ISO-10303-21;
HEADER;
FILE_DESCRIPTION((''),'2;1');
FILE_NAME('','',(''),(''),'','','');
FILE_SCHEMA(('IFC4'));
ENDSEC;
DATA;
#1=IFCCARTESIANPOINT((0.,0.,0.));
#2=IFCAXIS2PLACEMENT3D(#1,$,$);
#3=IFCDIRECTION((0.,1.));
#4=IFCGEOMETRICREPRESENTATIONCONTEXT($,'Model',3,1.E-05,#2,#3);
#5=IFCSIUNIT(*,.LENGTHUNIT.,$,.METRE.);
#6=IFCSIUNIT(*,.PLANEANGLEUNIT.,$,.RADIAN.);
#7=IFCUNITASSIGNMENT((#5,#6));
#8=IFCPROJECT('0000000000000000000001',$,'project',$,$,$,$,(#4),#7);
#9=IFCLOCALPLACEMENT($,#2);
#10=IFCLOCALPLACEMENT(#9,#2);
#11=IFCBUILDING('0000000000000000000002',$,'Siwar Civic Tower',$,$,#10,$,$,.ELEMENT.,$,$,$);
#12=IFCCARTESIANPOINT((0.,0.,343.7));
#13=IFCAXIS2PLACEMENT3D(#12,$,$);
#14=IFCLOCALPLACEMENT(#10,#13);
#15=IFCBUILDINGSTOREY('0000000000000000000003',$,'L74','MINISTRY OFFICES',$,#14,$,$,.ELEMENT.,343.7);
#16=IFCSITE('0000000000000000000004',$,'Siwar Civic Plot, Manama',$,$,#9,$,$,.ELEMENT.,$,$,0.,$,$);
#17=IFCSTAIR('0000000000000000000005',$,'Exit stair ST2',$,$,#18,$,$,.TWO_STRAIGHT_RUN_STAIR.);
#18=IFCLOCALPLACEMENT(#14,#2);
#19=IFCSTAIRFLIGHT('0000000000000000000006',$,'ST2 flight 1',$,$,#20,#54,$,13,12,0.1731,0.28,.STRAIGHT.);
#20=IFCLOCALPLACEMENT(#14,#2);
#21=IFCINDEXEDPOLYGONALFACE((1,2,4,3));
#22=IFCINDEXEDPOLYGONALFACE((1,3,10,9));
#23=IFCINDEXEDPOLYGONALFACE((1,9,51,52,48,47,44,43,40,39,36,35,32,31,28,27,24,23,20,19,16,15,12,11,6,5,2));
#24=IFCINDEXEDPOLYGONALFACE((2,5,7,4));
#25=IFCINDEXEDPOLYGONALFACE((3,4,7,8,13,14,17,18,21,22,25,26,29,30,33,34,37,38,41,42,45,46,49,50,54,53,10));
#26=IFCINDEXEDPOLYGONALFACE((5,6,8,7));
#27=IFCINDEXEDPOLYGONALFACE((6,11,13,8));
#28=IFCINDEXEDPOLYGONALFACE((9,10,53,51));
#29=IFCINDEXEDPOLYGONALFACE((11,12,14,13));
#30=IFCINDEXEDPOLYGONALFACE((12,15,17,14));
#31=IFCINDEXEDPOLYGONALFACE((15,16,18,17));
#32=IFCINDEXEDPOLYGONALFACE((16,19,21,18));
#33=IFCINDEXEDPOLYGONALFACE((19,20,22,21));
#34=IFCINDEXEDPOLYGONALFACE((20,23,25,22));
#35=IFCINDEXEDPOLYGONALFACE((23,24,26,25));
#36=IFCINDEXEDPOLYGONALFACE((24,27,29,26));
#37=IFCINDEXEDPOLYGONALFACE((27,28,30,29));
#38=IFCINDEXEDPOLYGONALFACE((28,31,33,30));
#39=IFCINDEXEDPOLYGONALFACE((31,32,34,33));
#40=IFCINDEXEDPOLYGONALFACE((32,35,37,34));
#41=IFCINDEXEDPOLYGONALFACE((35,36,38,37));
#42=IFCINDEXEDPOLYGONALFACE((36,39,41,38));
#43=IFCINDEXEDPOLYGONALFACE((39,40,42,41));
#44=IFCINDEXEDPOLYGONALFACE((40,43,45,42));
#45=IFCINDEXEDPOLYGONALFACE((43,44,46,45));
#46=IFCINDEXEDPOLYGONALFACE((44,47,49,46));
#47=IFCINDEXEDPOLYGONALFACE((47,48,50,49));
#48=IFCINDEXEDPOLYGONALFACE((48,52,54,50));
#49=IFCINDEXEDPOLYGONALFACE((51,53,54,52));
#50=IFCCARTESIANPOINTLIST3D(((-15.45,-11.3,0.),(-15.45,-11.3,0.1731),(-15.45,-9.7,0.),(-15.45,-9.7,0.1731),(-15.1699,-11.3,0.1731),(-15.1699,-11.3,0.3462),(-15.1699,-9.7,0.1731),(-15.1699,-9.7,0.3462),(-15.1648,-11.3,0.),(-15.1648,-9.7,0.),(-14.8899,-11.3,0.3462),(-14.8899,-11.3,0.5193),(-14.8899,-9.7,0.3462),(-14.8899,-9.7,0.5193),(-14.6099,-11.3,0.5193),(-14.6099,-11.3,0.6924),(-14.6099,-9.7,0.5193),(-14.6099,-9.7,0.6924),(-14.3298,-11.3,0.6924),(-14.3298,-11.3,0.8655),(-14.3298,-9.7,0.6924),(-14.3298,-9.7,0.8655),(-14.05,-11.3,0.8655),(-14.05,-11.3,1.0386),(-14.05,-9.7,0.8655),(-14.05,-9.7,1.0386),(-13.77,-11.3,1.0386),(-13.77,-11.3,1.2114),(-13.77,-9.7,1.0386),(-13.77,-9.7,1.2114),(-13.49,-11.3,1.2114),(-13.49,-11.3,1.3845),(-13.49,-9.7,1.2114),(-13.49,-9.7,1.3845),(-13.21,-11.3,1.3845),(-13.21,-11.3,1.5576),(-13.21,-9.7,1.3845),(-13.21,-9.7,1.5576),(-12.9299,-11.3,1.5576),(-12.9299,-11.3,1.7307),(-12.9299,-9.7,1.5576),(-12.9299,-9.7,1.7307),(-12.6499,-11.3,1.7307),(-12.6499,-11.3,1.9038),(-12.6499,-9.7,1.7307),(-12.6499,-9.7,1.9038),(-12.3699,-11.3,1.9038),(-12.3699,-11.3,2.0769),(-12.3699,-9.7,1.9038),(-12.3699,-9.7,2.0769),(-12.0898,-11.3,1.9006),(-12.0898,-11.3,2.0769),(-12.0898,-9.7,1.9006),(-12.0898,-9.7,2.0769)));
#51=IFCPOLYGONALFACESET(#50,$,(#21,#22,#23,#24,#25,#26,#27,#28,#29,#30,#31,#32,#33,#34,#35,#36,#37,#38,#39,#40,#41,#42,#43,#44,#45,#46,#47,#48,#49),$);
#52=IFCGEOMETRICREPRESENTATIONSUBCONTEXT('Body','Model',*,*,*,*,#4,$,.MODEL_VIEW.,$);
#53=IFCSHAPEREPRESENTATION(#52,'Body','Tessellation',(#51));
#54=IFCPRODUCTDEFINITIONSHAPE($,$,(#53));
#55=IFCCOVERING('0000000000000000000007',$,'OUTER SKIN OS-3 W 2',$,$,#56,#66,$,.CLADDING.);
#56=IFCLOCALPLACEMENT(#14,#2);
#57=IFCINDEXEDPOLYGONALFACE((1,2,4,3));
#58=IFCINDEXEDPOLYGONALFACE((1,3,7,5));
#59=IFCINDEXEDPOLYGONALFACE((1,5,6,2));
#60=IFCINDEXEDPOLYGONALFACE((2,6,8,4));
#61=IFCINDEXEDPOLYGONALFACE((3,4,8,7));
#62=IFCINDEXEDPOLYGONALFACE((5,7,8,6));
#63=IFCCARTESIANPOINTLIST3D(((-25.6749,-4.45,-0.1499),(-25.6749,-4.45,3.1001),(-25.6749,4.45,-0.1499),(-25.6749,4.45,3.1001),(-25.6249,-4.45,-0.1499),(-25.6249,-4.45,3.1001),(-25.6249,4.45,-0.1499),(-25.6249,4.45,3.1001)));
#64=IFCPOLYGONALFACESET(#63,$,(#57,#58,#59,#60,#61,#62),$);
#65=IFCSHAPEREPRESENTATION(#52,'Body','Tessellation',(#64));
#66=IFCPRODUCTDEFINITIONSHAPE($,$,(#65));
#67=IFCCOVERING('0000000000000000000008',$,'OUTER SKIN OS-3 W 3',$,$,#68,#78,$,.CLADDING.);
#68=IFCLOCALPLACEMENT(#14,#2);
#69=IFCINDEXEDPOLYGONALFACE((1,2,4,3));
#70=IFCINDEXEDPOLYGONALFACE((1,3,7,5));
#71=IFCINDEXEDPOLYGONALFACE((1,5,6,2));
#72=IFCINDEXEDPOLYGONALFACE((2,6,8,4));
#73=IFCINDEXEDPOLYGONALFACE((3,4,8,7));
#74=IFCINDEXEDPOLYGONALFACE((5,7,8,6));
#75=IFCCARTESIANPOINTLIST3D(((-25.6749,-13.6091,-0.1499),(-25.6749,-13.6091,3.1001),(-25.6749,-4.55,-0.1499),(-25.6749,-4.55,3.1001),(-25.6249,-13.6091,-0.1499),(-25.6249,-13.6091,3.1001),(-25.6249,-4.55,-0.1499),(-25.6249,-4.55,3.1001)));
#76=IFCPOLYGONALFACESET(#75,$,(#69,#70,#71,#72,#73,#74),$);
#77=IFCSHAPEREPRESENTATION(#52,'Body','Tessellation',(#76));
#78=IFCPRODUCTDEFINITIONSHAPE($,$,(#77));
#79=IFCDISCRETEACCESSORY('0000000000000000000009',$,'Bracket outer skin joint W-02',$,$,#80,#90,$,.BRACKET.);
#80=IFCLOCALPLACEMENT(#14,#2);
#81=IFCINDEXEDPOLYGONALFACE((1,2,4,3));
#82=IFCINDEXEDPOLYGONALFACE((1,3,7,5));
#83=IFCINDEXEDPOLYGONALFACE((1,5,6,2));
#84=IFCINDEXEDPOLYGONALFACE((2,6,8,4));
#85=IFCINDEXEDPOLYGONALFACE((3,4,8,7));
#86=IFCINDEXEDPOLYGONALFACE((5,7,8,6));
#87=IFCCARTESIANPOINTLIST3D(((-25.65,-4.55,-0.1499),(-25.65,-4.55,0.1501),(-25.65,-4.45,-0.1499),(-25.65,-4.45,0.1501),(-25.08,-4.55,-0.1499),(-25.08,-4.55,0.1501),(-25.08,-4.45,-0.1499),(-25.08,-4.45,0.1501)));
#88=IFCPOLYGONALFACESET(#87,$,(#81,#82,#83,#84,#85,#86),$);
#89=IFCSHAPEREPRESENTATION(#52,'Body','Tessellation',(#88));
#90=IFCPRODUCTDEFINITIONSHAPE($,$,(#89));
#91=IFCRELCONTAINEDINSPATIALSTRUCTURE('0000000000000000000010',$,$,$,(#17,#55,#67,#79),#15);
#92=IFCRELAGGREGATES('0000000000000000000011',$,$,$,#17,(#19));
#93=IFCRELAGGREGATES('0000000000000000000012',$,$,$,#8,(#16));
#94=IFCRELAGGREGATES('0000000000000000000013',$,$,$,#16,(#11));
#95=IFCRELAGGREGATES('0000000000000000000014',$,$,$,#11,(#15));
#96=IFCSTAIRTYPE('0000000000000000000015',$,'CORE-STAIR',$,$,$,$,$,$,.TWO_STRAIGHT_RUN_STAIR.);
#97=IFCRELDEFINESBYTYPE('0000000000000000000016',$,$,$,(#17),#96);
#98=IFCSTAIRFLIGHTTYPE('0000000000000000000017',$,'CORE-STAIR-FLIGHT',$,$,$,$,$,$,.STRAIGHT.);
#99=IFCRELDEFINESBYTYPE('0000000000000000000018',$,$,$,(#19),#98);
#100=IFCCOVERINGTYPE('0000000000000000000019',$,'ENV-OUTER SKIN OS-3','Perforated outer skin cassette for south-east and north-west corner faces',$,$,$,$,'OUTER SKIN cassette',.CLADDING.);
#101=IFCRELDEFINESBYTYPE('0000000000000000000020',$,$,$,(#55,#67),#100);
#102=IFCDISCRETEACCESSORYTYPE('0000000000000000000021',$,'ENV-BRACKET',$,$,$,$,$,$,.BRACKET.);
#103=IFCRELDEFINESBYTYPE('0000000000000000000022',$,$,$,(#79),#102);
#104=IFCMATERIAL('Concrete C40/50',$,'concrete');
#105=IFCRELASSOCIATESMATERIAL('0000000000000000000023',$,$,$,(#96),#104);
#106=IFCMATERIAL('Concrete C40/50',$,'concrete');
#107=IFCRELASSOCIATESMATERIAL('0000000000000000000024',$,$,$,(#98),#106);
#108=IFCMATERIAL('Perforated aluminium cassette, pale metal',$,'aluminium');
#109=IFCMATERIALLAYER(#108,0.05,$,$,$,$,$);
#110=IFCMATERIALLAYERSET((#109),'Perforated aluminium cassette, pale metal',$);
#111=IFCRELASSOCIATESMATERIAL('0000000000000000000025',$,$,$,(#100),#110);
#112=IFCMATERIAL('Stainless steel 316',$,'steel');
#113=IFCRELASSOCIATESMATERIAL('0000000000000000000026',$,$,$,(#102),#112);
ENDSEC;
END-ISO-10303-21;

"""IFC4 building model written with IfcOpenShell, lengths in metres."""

from ifc_helpers import new_model, si_unit, direction, frame, origin, origin_2d, place, context, subcontext, project, spatial, polyline, rectangle, outline, extrude, material, layer, layer_set, type_object, element, aggregate, save


model = new_model("IFC4")

# Units and contexts
model_context = context("Model", 3, precision=1e-05, world=origin(), true_north=direction((0.0, 1.0)))
body_context = subcontext(model_context, "Body", "Model", "MODEL_VIEW")
ifc_project = project(units=[si_unit("LENGTHUNIT", "METRE"), si_unit("PLANEANGLEUNIT", "RADIAN")], contexts=[model_context])

# Site, building, storey
site_placement = place(None, origin())
site = spatial("IfcSite", under=ifc_project, at=site_placement, Name="Siwar Civic Plot, Manama", CompositionType="ELEMENT", RefElevation=0.0)
building_placement = place(site_placement, origin())
building = spatial("IfcBuilding", under=site, at=building_placement, Name="Siwar Civic Tower", CompositionType="ELEMENT")
storey_placement = place(building_placement, frame((0.0, 0.0, 343.7)))
storey = spatial("IfcBuildingStorey", under=building, at=storey_placement, Name="L74", Description="MINISTRY OFFICES", CompositionType="ELEMENT", Elevation=343.7)

# Stair, stair flight
ifc_material_1 = material(Name="Concrete C40/50", Category="concrete")
stair_type = type_object("IfcStairType", Name="CORE-STAIR", PredefinedType="TWO_STRAIGHT_RUN_STAIR", material=ifc_material_1)
stair_placement = place(storey_placement, origin())
stair = element("IfcStair", 1, at=stair_placement, inside=storey, type_object=stair_type, Name="Exit stair ST2", PredefinedType="TWO_STRAIGHT_RUN_STAIR")
ifc_material_2 = material(Name="Concrete C40/50", Category="concrete")
stair_flight_type = type_object("IfcStairFlightType", Name="CORE-STAIR-FLIGHT", PredefinedType="STRAIGHT", material=ifc_material_2)
stair_flight_placement = place(storey_placement, frame((-15.45, -10.5, 0.0), z_axis=(0.0, 0.0, 1.0), x_axis=(1.0, 0.0, 0.0)))
stair_flight = element("IfcStairFlight", 2, at=stair_flight_placement, type_object=stair_flight_type, Name="ST2 flight 1", NumberOfRisers=13, NumberOfTreads=12, PredefinedType="STRAIGHT", RiserHeight=0.1731, TreadLength=0.28, context=body_context, shape_type="SweptSolid", body=[
    extrude(outline(polyline([(0.0, 0.0), (0.0, 0.1731), (0.28, 0.1731), (0.28, 0.3462), (0.5601, 0.3462), (0.5601, 0.5193), (0.8401, 0.5193), (0.8401, 0.6924), (1.1201, 0.6924), (1.1201, 0.8655), (1.3999, 0.8655), (1.3999, 1.0386), (1.6799, 1.0386), (1.6799, 1.2114), (1.96, 1.2114), (1.96, 1.3845), (2.24, 1.3845), (2.24, 1.5576), (2.52, 1.5576), (2.52, 1.7307), (2.8, 1.7307), (2.8, 1.9038), (3.0801, 1.9038), (3.0801, 2.0769), (3.3601, 2.0769), (3.3601, 2.25), (3.3601, 1.9006), (0.2852, 0.0), (0.0, 0.0)])), frame((0.0, 0.8, 0.0), z_axis=(0.0, -1.0, 0.0), x_axis=(1.0, 0.0, 0.0)), (0.0, 0.0, 1.0), 1.6001),
])
aggregate(stair, [stair_flight])

# Coverings
ifc_material_3 = material(Name="Perforated aluminium cassette, pale metal", Category="aluminium")
ifc_layer_1 = layer(ifc_material_3, 0.05)
ifc_layer_set_1 = layer_set([ifc_layer_1], Name="Perforated aluminium cassette, pale metal")
covering_type = type_object("IfcCoveringType", Name="ENV-OUTER SKIN OS-3", Description="Perforated outer skin cassette for south-east and north-west corner faces", ElementType="OUTER SKIN cassette", PredefinedType="CLADDING", material=ifc_layer_set_1)
covering_1_placement = place(storey_placement, frame((-25.6499, 0.0, -0.1499), z_axis=(0.0, 0.0, 1.0), x_axis=(0.0, -1.0, 0.0)))
element("IfcCovering", 3, at=covering_1_placement, inside=storey, type_object=covering_type, Name="OUTER SKIN OS-3 W 2", PredefinedType="CLADDING", context=body_context, shape_type="SweptSolid", body=[
    extrude(rectangle(XDim=8.8999, YDim=0.05, at=origin_2d()), origin(), (0.0, 0.0, 1.0), 3.25),
])
covering_2_placement = place(storey_placement, frame((-25.6499, -9.0796, -0.1499), z_axis=(0.0, 0.0, 1.0), x_axis=(0.0, -1.0, 0.0)))
element("IfcCovering", 4, at=covering_2_placement, inside=storey, type_object=covering_type, Name="OUTER SKIN OS-3 W 3", PredefinedType="CLADDING", context=body_context, shape_type="SweptSolid", body=[
    extrude(rectangle(XDim=9.0591, YDim=0.05, at=origin_2d()), origin(), (0.0, 0.0, 1.0), 3.25),
])

# Discrete accessory
ifc_material_4 = material(Name="Stainless steel 316", Category="steel")
discrete_accessory_type = type_object("IfcDiscreteAccessoryType", Name="ENV-BRACKET", PredefinedType="BRACKET", material=ifc_material_4)
discrete_accessory_placement = place(storey_placement, frame((-25.365, -4.5, -0.1499), z_axis=(0.0, 0.0, 1.0), x_axis=(-1.0, 0.0, 0.0)))
element("IfcDiscreteAccessory", 5, at=discrete_accessory_placement, inside=storey, type_object=discrete_accessory_type, Name="Bracket outer skin joint W-02", PredefinedType="BRACKET", context=body_context, shape_type="SweptSolid", body=[
    extrude(rectangle(XDim=0.5701, YDim=0.1001, at=origin_2d()), origin(), (0.0, 0.0, 1.0), 0.3),
])

save(model, "model.ifc")
